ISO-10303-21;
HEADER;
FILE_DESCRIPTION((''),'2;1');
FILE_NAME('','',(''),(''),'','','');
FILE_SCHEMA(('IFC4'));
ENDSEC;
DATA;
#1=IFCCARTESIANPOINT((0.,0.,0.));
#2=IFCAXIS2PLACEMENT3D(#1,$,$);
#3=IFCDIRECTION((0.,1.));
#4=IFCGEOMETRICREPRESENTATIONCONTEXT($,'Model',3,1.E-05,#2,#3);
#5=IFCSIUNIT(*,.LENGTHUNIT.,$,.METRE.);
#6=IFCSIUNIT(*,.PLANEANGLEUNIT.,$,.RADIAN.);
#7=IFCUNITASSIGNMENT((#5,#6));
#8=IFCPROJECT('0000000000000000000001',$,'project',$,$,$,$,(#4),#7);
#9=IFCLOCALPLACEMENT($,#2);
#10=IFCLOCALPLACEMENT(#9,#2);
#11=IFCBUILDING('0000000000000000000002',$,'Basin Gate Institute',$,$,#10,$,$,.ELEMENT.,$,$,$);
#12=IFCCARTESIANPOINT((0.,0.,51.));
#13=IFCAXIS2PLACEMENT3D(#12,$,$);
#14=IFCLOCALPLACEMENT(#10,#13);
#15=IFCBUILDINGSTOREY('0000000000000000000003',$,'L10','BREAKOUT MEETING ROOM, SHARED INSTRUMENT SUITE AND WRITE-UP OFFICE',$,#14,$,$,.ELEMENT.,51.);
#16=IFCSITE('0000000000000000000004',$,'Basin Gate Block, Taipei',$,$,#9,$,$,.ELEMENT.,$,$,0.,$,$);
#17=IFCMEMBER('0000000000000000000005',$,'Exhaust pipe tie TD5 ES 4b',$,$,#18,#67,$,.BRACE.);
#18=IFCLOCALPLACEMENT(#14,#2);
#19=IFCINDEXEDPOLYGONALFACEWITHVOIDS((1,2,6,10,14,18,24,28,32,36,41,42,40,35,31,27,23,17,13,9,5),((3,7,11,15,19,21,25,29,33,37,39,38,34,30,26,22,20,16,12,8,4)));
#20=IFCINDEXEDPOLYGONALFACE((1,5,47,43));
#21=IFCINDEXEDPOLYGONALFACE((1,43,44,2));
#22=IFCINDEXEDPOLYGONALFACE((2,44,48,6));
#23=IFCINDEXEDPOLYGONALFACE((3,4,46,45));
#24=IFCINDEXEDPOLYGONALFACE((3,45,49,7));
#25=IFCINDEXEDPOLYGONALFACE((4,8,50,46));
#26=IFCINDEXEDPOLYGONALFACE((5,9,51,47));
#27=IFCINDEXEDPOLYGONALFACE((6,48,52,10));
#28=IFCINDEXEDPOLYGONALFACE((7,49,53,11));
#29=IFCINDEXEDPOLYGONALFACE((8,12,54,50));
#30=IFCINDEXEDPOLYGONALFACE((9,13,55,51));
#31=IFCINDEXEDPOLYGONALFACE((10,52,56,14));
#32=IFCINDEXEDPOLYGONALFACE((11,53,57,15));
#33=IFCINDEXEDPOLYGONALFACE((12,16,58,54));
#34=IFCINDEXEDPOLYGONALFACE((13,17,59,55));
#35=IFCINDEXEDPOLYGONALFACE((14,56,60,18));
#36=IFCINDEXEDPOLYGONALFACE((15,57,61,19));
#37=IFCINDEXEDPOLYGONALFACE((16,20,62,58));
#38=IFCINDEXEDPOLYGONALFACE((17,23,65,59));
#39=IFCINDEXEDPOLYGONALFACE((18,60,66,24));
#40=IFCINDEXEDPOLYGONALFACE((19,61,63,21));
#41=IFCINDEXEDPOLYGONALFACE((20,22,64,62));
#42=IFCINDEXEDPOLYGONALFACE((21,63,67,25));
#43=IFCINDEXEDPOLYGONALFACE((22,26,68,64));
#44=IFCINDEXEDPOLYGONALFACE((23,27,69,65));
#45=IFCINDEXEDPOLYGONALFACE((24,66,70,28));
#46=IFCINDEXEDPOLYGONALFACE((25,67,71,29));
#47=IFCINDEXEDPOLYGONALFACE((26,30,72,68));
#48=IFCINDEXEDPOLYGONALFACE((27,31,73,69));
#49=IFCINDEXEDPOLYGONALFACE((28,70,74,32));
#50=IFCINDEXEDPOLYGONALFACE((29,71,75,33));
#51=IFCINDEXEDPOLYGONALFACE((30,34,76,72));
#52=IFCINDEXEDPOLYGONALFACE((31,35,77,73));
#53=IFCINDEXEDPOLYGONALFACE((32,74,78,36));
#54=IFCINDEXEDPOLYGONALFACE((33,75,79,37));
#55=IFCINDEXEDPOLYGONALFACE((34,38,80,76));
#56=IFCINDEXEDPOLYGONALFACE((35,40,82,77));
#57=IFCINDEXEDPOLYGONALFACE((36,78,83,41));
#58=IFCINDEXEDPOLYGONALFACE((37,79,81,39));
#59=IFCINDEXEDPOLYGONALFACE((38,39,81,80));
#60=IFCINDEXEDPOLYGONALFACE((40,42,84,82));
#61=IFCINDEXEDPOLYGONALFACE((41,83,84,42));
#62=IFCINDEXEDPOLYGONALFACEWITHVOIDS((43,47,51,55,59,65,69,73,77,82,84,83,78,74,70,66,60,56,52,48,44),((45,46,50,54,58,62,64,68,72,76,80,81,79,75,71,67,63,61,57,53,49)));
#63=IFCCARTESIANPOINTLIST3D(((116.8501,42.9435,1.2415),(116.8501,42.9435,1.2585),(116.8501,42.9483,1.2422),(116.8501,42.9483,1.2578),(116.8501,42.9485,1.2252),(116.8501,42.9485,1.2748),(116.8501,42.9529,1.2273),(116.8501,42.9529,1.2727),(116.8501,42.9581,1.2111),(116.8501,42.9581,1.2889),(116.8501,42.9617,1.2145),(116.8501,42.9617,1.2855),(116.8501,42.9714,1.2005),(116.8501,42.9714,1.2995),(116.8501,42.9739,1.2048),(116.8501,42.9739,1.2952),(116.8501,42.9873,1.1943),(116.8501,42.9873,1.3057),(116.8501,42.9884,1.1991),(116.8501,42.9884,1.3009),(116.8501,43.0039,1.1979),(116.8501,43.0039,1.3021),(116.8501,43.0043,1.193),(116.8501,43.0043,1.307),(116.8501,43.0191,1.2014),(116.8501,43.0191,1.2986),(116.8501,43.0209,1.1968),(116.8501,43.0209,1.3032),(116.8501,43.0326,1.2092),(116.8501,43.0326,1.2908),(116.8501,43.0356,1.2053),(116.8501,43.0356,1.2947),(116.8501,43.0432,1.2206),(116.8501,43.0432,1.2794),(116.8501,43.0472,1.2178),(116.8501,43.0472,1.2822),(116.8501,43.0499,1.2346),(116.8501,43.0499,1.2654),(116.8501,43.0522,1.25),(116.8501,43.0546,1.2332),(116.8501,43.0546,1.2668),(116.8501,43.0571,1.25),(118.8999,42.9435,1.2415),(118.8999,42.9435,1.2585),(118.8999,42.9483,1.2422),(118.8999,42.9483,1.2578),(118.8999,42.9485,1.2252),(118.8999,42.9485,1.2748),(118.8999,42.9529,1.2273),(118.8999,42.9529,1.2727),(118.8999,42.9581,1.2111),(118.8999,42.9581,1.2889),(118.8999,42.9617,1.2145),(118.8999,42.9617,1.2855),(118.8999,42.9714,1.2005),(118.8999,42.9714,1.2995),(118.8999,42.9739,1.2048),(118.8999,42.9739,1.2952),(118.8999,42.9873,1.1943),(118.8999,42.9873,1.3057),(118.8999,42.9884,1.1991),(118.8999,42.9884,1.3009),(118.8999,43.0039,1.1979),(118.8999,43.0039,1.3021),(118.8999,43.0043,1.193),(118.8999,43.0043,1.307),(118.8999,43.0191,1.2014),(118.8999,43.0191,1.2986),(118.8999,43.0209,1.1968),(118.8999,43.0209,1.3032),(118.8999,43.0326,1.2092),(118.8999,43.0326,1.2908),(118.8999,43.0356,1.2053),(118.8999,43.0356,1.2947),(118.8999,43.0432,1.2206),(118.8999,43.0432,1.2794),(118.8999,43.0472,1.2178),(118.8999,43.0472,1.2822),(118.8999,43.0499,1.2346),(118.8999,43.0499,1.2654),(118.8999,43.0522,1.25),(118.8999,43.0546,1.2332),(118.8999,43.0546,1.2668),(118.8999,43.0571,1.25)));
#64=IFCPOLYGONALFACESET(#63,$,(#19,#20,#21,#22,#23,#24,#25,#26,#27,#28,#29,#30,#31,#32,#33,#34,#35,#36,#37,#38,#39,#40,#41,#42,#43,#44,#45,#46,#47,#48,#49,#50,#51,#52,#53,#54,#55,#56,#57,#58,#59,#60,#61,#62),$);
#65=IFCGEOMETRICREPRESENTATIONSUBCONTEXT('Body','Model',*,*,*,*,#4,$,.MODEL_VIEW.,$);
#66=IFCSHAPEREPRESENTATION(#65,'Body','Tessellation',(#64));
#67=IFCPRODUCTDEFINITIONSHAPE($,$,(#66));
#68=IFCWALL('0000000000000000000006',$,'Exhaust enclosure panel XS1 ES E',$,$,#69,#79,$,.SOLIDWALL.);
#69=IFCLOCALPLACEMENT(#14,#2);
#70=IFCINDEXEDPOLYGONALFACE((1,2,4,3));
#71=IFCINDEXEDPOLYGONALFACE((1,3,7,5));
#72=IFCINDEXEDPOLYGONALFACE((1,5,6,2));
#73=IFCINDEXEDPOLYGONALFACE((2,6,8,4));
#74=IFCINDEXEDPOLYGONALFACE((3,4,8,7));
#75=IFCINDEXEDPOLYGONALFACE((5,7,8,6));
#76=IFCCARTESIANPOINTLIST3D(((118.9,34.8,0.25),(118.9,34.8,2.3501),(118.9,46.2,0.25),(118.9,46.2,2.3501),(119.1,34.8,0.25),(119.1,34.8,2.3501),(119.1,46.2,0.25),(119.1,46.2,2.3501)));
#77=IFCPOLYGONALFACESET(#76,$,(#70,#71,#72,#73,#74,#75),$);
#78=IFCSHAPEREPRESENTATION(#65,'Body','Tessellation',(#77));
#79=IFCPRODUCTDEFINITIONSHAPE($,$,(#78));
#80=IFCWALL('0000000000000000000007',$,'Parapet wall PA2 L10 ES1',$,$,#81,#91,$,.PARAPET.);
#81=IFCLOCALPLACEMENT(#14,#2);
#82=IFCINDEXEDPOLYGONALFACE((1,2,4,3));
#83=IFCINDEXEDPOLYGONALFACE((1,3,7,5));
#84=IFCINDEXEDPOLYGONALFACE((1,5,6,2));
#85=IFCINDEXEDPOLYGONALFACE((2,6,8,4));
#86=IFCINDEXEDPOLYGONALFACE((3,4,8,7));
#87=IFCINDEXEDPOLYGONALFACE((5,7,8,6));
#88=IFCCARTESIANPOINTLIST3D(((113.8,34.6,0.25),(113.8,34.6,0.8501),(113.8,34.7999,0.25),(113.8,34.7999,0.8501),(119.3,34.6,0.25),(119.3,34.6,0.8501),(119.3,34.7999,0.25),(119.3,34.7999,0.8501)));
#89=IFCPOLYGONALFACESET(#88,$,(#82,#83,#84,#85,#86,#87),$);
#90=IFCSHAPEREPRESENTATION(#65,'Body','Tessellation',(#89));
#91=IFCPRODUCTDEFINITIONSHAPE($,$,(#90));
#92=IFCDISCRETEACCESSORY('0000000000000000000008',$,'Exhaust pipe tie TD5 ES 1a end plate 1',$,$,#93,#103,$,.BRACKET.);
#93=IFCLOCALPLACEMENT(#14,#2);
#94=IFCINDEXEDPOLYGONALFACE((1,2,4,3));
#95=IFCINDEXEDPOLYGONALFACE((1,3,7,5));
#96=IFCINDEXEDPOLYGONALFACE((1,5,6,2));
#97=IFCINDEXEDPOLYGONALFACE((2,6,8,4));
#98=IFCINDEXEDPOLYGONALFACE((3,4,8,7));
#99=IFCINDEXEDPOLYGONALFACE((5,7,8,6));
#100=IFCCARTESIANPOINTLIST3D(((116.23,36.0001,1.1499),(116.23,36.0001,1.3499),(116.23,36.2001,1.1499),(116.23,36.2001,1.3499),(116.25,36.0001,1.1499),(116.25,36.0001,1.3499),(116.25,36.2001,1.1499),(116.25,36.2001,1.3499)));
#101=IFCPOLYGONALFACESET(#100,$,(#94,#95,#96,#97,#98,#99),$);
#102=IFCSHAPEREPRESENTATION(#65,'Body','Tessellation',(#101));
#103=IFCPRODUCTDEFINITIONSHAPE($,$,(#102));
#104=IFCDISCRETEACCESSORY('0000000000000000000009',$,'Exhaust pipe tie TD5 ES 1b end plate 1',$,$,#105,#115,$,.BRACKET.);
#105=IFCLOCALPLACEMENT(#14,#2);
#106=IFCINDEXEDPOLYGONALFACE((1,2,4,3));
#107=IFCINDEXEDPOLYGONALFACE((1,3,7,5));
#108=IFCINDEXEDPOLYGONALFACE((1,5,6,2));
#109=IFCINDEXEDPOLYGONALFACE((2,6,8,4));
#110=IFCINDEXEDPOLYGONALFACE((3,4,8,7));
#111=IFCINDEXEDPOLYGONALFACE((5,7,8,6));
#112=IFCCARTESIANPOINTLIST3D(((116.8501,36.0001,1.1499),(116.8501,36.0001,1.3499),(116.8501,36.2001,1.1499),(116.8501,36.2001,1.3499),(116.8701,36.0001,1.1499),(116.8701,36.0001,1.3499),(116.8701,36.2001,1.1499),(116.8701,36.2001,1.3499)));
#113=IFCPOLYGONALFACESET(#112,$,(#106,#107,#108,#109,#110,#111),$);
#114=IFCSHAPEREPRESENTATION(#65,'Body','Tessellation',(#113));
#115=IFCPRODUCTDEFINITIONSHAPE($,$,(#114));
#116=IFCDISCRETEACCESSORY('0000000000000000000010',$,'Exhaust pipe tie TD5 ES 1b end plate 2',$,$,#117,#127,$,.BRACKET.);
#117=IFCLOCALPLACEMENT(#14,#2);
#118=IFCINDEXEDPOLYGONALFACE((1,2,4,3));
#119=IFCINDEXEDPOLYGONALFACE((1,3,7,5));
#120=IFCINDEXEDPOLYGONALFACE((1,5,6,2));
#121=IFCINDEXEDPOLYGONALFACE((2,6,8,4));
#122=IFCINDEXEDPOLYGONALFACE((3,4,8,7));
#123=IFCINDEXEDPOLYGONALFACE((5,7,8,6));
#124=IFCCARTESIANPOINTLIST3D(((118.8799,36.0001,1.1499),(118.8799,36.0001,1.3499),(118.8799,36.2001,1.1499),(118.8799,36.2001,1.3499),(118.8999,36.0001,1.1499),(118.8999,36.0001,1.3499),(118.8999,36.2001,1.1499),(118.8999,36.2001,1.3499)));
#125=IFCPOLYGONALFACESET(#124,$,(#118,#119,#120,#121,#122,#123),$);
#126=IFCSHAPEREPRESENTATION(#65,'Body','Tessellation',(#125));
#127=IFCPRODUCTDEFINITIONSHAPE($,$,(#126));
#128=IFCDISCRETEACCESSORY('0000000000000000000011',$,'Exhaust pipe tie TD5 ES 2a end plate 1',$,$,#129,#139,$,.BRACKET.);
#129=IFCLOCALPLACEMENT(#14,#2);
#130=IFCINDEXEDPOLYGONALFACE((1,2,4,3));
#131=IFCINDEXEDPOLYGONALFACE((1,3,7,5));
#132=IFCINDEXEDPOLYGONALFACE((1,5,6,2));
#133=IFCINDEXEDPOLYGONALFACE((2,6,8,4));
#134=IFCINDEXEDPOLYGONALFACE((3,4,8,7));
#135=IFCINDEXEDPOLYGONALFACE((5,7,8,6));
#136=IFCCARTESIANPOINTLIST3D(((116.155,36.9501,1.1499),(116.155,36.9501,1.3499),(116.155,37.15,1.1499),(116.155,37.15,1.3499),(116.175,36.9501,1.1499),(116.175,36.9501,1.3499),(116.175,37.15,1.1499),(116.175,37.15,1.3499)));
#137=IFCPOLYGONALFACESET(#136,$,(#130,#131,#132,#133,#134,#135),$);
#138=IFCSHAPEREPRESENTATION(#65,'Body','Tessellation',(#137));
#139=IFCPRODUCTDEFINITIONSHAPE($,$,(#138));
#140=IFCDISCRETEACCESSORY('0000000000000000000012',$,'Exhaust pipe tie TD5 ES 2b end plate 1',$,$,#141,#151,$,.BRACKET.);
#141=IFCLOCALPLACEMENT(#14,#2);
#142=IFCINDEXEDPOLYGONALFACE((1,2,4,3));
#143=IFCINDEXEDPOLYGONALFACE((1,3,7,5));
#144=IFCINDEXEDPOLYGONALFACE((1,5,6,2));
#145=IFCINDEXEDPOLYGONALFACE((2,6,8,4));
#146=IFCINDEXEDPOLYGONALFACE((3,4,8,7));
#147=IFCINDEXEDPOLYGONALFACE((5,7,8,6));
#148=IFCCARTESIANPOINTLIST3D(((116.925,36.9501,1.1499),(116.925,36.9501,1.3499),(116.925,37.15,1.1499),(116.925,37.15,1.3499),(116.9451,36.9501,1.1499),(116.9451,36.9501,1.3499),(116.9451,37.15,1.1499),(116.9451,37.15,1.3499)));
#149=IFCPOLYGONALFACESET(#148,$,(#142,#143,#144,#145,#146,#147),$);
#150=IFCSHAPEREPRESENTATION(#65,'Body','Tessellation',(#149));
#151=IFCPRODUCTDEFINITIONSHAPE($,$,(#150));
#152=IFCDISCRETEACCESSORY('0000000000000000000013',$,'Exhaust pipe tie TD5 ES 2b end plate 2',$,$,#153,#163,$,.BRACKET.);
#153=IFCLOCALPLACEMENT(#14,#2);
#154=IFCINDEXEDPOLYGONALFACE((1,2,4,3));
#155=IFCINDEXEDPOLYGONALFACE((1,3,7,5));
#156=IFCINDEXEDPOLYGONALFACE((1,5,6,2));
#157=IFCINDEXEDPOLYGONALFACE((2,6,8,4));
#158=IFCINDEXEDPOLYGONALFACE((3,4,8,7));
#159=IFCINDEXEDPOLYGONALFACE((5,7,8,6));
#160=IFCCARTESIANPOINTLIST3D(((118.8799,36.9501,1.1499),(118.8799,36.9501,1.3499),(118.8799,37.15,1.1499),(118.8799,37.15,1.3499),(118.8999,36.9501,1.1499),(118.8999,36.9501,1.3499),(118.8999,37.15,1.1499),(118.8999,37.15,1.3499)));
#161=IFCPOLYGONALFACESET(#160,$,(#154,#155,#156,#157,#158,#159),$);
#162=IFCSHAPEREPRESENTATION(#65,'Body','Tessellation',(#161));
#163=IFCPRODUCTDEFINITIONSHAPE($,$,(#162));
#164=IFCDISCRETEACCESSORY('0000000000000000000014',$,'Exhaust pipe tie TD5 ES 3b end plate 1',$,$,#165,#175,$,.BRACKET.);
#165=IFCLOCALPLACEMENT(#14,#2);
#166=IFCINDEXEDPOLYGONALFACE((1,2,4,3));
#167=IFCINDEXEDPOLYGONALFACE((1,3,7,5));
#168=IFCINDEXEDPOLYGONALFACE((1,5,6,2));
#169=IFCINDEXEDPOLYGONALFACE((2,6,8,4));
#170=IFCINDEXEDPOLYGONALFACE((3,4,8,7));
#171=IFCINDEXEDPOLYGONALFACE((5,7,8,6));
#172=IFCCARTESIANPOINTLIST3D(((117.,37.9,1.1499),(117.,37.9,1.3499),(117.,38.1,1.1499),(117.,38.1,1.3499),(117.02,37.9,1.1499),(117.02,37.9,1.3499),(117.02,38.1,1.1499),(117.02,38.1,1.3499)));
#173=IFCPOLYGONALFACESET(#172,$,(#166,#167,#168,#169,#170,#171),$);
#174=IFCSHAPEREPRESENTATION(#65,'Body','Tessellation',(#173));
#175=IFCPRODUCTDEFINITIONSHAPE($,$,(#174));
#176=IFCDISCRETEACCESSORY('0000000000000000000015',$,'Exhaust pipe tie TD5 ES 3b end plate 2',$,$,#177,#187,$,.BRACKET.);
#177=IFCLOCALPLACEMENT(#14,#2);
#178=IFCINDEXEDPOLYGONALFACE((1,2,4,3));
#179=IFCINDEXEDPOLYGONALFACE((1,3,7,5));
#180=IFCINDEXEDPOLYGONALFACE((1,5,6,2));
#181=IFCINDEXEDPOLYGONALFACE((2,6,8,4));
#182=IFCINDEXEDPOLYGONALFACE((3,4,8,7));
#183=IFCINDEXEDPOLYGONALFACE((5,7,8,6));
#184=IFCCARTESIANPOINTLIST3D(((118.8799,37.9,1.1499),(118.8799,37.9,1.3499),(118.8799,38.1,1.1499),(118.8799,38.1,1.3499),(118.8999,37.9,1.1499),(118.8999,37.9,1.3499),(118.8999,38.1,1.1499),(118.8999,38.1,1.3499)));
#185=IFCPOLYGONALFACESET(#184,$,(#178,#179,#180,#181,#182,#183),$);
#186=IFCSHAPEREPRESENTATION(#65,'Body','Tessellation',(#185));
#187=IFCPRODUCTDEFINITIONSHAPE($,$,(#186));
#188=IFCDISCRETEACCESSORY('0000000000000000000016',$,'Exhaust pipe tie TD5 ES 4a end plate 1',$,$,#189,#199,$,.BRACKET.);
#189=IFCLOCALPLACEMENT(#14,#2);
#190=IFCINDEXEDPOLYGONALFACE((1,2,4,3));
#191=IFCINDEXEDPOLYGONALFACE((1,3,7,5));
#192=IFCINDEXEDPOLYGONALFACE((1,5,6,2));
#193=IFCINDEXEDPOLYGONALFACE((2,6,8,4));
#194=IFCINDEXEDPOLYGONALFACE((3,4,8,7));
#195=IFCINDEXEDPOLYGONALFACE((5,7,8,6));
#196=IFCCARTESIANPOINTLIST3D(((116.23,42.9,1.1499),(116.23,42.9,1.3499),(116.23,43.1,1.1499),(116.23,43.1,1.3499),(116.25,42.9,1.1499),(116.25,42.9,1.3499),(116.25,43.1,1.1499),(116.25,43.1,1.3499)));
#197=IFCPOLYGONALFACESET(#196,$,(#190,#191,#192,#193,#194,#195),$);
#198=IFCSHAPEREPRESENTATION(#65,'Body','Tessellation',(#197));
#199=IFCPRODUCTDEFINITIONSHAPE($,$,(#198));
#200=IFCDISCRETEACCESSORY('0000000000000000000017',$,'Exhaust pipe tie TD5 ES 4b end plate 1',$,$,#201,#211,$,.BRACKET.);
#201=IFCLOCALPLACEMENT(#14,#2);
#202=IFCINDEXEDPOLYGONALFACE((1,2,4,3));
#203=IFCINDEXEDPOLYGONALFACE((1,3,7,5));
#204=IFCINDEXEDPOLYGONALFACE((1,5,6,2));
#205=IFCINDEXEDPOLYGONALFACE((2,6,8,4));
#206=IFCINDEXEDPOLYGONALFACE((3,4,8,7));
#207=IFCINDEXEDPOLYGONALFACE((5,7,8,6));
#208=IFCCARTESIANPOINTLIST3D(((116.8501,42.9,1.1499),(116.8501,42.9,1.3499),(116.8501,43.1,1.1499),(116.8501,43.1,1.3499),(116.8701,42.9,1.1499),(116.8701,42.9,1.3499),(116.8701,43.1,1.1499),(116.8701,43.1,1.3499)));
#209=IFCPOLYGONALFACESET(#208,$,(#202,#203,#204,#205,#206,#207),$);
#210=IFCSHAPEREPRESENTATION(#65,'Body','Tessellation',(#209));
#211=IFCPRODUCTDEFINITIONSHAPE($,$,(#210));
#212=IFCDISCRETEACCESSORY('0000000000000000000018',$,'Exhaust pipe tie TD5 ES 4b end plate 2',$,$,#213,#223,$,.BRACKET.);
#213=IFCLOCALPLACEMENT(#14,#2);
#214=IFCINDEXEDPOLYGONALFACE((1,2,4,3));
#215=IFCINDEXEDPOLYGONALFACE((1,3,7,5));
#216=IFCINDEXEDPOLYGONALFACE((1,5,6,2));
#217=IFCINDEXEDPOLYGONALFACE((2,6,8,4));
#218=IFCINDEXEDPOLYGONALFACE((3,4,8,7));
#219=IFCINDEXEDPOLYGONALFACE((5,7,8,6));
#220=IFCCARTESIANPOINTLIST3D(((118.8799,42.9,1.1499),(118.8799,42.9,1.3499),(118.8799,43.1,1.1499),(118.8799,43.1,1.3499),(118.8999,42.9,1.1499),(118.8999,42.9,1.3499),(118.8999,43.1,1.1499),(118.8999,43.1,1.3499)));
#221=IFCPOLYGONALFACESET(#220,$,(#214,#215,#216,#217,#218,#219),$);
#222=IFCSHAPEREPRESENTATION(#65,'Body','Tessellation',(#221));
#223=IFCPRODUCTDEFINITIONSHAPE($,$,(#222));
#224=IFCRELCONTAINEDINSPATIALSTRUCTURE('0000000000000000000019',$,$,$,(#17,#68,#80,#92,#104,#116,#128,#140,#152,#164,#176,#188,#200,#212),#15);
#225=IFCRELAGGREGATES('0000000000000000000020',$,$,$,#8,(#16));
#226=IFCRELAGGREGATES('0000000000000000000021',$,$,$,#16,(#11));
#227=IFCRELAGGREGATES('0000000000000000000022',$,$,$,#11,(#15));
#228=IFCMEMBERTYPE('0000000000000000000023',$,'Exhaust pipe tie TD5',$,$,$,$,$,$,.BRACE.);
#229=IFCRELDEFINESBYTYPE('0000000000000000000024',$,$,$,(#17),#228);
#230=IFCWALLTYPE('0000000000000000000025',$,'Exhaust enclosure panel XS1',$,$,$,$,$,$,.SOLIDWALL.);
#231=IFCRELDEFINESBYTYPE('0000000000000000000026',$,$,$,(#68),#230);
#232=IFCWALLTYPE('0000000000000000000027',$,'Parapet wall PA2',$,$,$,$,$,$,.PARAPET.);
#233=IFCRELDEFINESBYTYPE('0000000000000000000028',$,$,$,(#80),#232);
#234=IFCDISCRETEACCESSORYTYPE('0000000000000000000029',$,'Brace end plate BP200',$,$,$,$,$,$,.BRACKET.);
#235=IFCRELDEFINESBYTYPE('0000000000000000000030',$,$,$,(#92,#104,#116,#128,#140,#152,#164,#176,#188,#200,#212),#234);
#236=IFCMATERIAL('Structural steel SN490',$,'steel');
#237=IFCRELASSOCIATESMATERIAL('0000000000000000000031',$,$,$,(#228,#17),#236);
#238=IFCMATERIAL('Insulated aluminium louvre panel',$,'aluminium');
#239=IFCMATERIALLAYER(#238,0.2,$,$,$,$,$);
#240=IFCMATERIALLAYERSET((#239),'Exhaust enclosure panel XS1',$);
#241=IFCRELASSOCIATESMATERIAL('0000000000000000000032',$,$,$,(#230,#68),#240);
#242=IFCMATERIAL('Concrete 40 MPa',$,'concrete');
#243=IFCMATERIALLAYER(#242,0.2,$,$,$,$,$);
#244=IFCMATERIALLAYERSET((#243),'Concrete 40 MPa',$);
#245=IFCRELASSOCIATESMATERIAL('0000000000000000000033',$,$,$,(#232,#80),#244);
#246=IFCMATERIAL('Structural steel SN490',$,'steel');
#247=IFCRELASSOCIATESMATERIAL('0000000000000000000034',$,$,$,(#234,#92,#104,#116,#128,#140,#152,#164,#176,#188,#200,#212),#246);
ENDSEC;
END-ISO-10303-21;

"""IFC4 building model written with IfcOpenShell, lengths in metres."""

from ifc_helpers import new_model, si_unit, direction, frame, frame_2d, origin, origin_2d, place, context, subcontext, project, spatial, rectangle, hollow_circle, extrude, material, layer, layer_set, material_profile, profile_set, type_object, element, save


model = new_model("IFC4")

# Units and contexts
model_context = context("Model", 3, precision=1e-05, world=origin(), true_north=direction((0.0, 1.0)))
body_context = subcontext(model_context, "Body", "Model", "MODEL_VIEW")
ifc_project = project(units=[si_unit("LENGTHUNIT", "METRE"), si_unit("PLANEANGLEUNIT", "RADIAN")], contexts=[model_context])

# Site, building, storey
site_placement = place(None, origin())
site = spatial("IfcSite", under=ifc_project, at=site_placement, Name="Basin Gate Block, Taipei", CompositionType="ELEMENT", RefElevation=0.0)
building_placement = place(site_placement, origin())
building = spatial("IfcBuilding", under=site, at=building_placement, Name="Basin Gate Institute", CompositionType="ELEMENT")
storey_placement = place(building_placement, frame((0.0, 0.0, 51.0)))
storey = spatial("IfcBuildingStorey", under=building, at=storey_placement, Name="L10", Description="BREAKOUT MEETING ROOM, SHARED INSTRUMENT SUITE AND WRITE-UP OFFICE", CompositionType="ELEMENT", Elevation=51.0)

# Member
ifc_material_1 = material(Name="Structural steel SN490", Category="steel")
ifc_material_profile_1 = material_profile(ifc_material_1, hollow_circle(Radius=0.0571, WallThickness=0.0049, at=origin_2d()), Name="CHS114x5")
ifc_profile_set_1 = profile_set([ifc_material_profile_1], Name="Structural steel SN490")
member_type_1 = type_object("IfcMemberType", Name="Exhaust pipe tie TD5", PredefinedType="BRACE", material=ifc_profile_set_1)
member_1_placement = place(storey_placement, frame((116.8501, 43.0, 1.25), z_axis=(1.0, 0.0, 0.0), x_axis=(0.0, 1.0, 0.0)))
element("IfcMember", 1, at=member_1_placement, inside=storey, type_object=member_type_1, material=ifc_profile_set_1, Name="Exhaust pipe tie TD5 ES 4b", PredefinedType="BRACE", context=body_context, shape_type="SweptSolid", body=[
    extrude(hollow_circle(Radius=0.0571, WallThickness=0.0049, at=origin_2d()), origin(), (0.0, 0.0, 1.0), 2.0498),
])

# Walls
ifc_material_2 = material(Name="Insulated aluminium louvre panel", Category="aluminium")
ifc_layer_1 = layer(ifc_material_2, 0.2)
ifc_layer_set_1 = layer_set([ifc_layer_1], Name="Exhaust enclosure panel XS1")
wall_type_1 = type_object("IfcWallType", Name="Exhaust enclosure panel XS1", PredefinedType="SOLIDWALL", material=ifc_layer_set_1)
wall_1_placement = place(storey_placement, frame((119.0, 34.8, 0.25), z_axis=(0.0, 0.0, 1.0), x_axis=(0.0, 1.0, 0.0)))
element("IfcWall", 2, at=wall_1_placement, inside=storey, type_object=wall_type_1, material=ifc_layer_set_1, Name="Exhaust enclosure panel XS1 ES E", PredefinedType="SOLIDWALL", context=body_context, shape_type="SweptSolid", body=[
    extrude(rectangle(XDim=11.3999, YDim=0.2, at=frame_2d((5.7, 0.0))), origin(), (0.0, 0.0, 1.0), 2.1001),
])
ifc_material_3 = material(Name="Concrete 40 MPa", Category="concrete")
ifc_layer_2 = layer(ifc_material_3, 0.2)
ifc_layer_set_2 = layer_set([ifc_layer_2], Name="Concrete 40 MPa")
wall_type_2 = type_object("IfcWallType", Name="Parapet wall PA2", PredefinedType="PARAPET", material=ifc_layer_set_2)
wall_2_placement = place(storey_placement, frame((119.3, 34.7, 0.25), z_axis=(0.0, 0.0, 1.0), x_axis=(-1.0, 0.0, 0.0)))
element("IfcWall", 3, at=wall_2_placement, inside=storey, type_object=wall_type_2, material=ifc_layer_set_2, Name="Parapet wall PA2 L10 ES1", PredefinedType="PARAPET", context=body_context, shape_type="SweptSolid", body=[
    extrude(rectangle(XDim=5.5, YDim=0.2, at=frame_2d((2.75, 0.0))), origin(), (0.0, 0.0, 1.0), 0.6001),
])

# Discrete accessories
ifc_material_4 = material(Name="Structural steel SN490", Category="steel")
discrete_accessory_type = type_object("IfcDiscreteAccessoryType", Name="Brace end plate BP200", PredefinedType="BRACKET", material=ifc_material_4)
for number, where, z_axis, x_axis, name in (
    (4, (116.24, 36.1001, 1.1499), (0.0, 0.0, 1.0), (1.0, 0.0, 0.0), "Exhaust pipe tie TD5 ES 1a end plate 1"),
    (5, (116.8601, 36.1001, 1.1499), (0.0, 0.0, 1.0), (1.0, 0.0, 0.0), "Exhaust pipe tie TD5 ES 1b end plate 1"),
    (6, (118.8899, 36.1001, 1.1499), (0.0, 0.0, 1.0), (1.0, 0.0, 0.0), "Exhaust pipe tie TD5 ES 1b end plate 2"),
    (7, (116.165, 37.05, 1.1499), (0.0, 0.0, 1.0), (1.0, 0.0, 0.0), "Exhaust pipe tie TD5 ES 2a end plate 1"),
    (8, (116.9351, 37.05, 1.1499), (0.0, 0.0, 1.0), (1.0, 0.0, 0.0), "Exhaust pipe tie TD5 ES 2b end plate 1"),
    (9, (118.8899, 37.05, 1.1499), (0.0, 0.0, 1.0), (1.0, 0.0, 0.0), "Exhaust pipe tie TD5 ES 2b end plate 2"),
    (10, (117.01, 38.0, 1.1499), (0.0, 0.0, 1.0), (1.0, 0.0, 0.0), "Exhaust pipe tie TD5 ES 3b end plate 1"),
    (11, (118.8899, 38.0, 1.1499), (0.0, 0.0, 1.0), (1.0, 0.0, 0.0), "Exhaust pipe tie TD5 ES 3b end plate 2"),
    (12, (116.24, 43.0, 1.1499), (0.0, 0.0, 1.0), (1.0, 0.0, 0.0), "Exhaust pipe tie TD5 ES 4a end plate 1"),
    (13, (116.8601, 43.0, 1.1499), (0.0, 0.0, 1.0), (1.0, 0.0, 0.0), "Exhaust pipe tie TD5 ES 4b end plate 1"),
    (14, (118.8899, 43.0, 1.1499), (0.0, 0.0, 1.0), (1.0, 0.0, 0.0), "Exhaust pipe tie TD5 ES 4b end plate 2"),
):
    element("IfcDiscreteAccessory", number, at=place(storey_placement, frame(where, z_axis=z_axis, x_axis=x_axis)), inside=storey, type_object=discrete_accessory_type, material=ifc_material_4, Name=name, PredefinedType="BRACKET", context=body_context, shape_type="SweptSolid", body=[
        extrude(rectangle(XDim=0.02, YDim=0.2, at=origin_2d()), origin(), (0.0, 0.0, 1.0), 0.2),
    ])

save(model, "model.ifc")
